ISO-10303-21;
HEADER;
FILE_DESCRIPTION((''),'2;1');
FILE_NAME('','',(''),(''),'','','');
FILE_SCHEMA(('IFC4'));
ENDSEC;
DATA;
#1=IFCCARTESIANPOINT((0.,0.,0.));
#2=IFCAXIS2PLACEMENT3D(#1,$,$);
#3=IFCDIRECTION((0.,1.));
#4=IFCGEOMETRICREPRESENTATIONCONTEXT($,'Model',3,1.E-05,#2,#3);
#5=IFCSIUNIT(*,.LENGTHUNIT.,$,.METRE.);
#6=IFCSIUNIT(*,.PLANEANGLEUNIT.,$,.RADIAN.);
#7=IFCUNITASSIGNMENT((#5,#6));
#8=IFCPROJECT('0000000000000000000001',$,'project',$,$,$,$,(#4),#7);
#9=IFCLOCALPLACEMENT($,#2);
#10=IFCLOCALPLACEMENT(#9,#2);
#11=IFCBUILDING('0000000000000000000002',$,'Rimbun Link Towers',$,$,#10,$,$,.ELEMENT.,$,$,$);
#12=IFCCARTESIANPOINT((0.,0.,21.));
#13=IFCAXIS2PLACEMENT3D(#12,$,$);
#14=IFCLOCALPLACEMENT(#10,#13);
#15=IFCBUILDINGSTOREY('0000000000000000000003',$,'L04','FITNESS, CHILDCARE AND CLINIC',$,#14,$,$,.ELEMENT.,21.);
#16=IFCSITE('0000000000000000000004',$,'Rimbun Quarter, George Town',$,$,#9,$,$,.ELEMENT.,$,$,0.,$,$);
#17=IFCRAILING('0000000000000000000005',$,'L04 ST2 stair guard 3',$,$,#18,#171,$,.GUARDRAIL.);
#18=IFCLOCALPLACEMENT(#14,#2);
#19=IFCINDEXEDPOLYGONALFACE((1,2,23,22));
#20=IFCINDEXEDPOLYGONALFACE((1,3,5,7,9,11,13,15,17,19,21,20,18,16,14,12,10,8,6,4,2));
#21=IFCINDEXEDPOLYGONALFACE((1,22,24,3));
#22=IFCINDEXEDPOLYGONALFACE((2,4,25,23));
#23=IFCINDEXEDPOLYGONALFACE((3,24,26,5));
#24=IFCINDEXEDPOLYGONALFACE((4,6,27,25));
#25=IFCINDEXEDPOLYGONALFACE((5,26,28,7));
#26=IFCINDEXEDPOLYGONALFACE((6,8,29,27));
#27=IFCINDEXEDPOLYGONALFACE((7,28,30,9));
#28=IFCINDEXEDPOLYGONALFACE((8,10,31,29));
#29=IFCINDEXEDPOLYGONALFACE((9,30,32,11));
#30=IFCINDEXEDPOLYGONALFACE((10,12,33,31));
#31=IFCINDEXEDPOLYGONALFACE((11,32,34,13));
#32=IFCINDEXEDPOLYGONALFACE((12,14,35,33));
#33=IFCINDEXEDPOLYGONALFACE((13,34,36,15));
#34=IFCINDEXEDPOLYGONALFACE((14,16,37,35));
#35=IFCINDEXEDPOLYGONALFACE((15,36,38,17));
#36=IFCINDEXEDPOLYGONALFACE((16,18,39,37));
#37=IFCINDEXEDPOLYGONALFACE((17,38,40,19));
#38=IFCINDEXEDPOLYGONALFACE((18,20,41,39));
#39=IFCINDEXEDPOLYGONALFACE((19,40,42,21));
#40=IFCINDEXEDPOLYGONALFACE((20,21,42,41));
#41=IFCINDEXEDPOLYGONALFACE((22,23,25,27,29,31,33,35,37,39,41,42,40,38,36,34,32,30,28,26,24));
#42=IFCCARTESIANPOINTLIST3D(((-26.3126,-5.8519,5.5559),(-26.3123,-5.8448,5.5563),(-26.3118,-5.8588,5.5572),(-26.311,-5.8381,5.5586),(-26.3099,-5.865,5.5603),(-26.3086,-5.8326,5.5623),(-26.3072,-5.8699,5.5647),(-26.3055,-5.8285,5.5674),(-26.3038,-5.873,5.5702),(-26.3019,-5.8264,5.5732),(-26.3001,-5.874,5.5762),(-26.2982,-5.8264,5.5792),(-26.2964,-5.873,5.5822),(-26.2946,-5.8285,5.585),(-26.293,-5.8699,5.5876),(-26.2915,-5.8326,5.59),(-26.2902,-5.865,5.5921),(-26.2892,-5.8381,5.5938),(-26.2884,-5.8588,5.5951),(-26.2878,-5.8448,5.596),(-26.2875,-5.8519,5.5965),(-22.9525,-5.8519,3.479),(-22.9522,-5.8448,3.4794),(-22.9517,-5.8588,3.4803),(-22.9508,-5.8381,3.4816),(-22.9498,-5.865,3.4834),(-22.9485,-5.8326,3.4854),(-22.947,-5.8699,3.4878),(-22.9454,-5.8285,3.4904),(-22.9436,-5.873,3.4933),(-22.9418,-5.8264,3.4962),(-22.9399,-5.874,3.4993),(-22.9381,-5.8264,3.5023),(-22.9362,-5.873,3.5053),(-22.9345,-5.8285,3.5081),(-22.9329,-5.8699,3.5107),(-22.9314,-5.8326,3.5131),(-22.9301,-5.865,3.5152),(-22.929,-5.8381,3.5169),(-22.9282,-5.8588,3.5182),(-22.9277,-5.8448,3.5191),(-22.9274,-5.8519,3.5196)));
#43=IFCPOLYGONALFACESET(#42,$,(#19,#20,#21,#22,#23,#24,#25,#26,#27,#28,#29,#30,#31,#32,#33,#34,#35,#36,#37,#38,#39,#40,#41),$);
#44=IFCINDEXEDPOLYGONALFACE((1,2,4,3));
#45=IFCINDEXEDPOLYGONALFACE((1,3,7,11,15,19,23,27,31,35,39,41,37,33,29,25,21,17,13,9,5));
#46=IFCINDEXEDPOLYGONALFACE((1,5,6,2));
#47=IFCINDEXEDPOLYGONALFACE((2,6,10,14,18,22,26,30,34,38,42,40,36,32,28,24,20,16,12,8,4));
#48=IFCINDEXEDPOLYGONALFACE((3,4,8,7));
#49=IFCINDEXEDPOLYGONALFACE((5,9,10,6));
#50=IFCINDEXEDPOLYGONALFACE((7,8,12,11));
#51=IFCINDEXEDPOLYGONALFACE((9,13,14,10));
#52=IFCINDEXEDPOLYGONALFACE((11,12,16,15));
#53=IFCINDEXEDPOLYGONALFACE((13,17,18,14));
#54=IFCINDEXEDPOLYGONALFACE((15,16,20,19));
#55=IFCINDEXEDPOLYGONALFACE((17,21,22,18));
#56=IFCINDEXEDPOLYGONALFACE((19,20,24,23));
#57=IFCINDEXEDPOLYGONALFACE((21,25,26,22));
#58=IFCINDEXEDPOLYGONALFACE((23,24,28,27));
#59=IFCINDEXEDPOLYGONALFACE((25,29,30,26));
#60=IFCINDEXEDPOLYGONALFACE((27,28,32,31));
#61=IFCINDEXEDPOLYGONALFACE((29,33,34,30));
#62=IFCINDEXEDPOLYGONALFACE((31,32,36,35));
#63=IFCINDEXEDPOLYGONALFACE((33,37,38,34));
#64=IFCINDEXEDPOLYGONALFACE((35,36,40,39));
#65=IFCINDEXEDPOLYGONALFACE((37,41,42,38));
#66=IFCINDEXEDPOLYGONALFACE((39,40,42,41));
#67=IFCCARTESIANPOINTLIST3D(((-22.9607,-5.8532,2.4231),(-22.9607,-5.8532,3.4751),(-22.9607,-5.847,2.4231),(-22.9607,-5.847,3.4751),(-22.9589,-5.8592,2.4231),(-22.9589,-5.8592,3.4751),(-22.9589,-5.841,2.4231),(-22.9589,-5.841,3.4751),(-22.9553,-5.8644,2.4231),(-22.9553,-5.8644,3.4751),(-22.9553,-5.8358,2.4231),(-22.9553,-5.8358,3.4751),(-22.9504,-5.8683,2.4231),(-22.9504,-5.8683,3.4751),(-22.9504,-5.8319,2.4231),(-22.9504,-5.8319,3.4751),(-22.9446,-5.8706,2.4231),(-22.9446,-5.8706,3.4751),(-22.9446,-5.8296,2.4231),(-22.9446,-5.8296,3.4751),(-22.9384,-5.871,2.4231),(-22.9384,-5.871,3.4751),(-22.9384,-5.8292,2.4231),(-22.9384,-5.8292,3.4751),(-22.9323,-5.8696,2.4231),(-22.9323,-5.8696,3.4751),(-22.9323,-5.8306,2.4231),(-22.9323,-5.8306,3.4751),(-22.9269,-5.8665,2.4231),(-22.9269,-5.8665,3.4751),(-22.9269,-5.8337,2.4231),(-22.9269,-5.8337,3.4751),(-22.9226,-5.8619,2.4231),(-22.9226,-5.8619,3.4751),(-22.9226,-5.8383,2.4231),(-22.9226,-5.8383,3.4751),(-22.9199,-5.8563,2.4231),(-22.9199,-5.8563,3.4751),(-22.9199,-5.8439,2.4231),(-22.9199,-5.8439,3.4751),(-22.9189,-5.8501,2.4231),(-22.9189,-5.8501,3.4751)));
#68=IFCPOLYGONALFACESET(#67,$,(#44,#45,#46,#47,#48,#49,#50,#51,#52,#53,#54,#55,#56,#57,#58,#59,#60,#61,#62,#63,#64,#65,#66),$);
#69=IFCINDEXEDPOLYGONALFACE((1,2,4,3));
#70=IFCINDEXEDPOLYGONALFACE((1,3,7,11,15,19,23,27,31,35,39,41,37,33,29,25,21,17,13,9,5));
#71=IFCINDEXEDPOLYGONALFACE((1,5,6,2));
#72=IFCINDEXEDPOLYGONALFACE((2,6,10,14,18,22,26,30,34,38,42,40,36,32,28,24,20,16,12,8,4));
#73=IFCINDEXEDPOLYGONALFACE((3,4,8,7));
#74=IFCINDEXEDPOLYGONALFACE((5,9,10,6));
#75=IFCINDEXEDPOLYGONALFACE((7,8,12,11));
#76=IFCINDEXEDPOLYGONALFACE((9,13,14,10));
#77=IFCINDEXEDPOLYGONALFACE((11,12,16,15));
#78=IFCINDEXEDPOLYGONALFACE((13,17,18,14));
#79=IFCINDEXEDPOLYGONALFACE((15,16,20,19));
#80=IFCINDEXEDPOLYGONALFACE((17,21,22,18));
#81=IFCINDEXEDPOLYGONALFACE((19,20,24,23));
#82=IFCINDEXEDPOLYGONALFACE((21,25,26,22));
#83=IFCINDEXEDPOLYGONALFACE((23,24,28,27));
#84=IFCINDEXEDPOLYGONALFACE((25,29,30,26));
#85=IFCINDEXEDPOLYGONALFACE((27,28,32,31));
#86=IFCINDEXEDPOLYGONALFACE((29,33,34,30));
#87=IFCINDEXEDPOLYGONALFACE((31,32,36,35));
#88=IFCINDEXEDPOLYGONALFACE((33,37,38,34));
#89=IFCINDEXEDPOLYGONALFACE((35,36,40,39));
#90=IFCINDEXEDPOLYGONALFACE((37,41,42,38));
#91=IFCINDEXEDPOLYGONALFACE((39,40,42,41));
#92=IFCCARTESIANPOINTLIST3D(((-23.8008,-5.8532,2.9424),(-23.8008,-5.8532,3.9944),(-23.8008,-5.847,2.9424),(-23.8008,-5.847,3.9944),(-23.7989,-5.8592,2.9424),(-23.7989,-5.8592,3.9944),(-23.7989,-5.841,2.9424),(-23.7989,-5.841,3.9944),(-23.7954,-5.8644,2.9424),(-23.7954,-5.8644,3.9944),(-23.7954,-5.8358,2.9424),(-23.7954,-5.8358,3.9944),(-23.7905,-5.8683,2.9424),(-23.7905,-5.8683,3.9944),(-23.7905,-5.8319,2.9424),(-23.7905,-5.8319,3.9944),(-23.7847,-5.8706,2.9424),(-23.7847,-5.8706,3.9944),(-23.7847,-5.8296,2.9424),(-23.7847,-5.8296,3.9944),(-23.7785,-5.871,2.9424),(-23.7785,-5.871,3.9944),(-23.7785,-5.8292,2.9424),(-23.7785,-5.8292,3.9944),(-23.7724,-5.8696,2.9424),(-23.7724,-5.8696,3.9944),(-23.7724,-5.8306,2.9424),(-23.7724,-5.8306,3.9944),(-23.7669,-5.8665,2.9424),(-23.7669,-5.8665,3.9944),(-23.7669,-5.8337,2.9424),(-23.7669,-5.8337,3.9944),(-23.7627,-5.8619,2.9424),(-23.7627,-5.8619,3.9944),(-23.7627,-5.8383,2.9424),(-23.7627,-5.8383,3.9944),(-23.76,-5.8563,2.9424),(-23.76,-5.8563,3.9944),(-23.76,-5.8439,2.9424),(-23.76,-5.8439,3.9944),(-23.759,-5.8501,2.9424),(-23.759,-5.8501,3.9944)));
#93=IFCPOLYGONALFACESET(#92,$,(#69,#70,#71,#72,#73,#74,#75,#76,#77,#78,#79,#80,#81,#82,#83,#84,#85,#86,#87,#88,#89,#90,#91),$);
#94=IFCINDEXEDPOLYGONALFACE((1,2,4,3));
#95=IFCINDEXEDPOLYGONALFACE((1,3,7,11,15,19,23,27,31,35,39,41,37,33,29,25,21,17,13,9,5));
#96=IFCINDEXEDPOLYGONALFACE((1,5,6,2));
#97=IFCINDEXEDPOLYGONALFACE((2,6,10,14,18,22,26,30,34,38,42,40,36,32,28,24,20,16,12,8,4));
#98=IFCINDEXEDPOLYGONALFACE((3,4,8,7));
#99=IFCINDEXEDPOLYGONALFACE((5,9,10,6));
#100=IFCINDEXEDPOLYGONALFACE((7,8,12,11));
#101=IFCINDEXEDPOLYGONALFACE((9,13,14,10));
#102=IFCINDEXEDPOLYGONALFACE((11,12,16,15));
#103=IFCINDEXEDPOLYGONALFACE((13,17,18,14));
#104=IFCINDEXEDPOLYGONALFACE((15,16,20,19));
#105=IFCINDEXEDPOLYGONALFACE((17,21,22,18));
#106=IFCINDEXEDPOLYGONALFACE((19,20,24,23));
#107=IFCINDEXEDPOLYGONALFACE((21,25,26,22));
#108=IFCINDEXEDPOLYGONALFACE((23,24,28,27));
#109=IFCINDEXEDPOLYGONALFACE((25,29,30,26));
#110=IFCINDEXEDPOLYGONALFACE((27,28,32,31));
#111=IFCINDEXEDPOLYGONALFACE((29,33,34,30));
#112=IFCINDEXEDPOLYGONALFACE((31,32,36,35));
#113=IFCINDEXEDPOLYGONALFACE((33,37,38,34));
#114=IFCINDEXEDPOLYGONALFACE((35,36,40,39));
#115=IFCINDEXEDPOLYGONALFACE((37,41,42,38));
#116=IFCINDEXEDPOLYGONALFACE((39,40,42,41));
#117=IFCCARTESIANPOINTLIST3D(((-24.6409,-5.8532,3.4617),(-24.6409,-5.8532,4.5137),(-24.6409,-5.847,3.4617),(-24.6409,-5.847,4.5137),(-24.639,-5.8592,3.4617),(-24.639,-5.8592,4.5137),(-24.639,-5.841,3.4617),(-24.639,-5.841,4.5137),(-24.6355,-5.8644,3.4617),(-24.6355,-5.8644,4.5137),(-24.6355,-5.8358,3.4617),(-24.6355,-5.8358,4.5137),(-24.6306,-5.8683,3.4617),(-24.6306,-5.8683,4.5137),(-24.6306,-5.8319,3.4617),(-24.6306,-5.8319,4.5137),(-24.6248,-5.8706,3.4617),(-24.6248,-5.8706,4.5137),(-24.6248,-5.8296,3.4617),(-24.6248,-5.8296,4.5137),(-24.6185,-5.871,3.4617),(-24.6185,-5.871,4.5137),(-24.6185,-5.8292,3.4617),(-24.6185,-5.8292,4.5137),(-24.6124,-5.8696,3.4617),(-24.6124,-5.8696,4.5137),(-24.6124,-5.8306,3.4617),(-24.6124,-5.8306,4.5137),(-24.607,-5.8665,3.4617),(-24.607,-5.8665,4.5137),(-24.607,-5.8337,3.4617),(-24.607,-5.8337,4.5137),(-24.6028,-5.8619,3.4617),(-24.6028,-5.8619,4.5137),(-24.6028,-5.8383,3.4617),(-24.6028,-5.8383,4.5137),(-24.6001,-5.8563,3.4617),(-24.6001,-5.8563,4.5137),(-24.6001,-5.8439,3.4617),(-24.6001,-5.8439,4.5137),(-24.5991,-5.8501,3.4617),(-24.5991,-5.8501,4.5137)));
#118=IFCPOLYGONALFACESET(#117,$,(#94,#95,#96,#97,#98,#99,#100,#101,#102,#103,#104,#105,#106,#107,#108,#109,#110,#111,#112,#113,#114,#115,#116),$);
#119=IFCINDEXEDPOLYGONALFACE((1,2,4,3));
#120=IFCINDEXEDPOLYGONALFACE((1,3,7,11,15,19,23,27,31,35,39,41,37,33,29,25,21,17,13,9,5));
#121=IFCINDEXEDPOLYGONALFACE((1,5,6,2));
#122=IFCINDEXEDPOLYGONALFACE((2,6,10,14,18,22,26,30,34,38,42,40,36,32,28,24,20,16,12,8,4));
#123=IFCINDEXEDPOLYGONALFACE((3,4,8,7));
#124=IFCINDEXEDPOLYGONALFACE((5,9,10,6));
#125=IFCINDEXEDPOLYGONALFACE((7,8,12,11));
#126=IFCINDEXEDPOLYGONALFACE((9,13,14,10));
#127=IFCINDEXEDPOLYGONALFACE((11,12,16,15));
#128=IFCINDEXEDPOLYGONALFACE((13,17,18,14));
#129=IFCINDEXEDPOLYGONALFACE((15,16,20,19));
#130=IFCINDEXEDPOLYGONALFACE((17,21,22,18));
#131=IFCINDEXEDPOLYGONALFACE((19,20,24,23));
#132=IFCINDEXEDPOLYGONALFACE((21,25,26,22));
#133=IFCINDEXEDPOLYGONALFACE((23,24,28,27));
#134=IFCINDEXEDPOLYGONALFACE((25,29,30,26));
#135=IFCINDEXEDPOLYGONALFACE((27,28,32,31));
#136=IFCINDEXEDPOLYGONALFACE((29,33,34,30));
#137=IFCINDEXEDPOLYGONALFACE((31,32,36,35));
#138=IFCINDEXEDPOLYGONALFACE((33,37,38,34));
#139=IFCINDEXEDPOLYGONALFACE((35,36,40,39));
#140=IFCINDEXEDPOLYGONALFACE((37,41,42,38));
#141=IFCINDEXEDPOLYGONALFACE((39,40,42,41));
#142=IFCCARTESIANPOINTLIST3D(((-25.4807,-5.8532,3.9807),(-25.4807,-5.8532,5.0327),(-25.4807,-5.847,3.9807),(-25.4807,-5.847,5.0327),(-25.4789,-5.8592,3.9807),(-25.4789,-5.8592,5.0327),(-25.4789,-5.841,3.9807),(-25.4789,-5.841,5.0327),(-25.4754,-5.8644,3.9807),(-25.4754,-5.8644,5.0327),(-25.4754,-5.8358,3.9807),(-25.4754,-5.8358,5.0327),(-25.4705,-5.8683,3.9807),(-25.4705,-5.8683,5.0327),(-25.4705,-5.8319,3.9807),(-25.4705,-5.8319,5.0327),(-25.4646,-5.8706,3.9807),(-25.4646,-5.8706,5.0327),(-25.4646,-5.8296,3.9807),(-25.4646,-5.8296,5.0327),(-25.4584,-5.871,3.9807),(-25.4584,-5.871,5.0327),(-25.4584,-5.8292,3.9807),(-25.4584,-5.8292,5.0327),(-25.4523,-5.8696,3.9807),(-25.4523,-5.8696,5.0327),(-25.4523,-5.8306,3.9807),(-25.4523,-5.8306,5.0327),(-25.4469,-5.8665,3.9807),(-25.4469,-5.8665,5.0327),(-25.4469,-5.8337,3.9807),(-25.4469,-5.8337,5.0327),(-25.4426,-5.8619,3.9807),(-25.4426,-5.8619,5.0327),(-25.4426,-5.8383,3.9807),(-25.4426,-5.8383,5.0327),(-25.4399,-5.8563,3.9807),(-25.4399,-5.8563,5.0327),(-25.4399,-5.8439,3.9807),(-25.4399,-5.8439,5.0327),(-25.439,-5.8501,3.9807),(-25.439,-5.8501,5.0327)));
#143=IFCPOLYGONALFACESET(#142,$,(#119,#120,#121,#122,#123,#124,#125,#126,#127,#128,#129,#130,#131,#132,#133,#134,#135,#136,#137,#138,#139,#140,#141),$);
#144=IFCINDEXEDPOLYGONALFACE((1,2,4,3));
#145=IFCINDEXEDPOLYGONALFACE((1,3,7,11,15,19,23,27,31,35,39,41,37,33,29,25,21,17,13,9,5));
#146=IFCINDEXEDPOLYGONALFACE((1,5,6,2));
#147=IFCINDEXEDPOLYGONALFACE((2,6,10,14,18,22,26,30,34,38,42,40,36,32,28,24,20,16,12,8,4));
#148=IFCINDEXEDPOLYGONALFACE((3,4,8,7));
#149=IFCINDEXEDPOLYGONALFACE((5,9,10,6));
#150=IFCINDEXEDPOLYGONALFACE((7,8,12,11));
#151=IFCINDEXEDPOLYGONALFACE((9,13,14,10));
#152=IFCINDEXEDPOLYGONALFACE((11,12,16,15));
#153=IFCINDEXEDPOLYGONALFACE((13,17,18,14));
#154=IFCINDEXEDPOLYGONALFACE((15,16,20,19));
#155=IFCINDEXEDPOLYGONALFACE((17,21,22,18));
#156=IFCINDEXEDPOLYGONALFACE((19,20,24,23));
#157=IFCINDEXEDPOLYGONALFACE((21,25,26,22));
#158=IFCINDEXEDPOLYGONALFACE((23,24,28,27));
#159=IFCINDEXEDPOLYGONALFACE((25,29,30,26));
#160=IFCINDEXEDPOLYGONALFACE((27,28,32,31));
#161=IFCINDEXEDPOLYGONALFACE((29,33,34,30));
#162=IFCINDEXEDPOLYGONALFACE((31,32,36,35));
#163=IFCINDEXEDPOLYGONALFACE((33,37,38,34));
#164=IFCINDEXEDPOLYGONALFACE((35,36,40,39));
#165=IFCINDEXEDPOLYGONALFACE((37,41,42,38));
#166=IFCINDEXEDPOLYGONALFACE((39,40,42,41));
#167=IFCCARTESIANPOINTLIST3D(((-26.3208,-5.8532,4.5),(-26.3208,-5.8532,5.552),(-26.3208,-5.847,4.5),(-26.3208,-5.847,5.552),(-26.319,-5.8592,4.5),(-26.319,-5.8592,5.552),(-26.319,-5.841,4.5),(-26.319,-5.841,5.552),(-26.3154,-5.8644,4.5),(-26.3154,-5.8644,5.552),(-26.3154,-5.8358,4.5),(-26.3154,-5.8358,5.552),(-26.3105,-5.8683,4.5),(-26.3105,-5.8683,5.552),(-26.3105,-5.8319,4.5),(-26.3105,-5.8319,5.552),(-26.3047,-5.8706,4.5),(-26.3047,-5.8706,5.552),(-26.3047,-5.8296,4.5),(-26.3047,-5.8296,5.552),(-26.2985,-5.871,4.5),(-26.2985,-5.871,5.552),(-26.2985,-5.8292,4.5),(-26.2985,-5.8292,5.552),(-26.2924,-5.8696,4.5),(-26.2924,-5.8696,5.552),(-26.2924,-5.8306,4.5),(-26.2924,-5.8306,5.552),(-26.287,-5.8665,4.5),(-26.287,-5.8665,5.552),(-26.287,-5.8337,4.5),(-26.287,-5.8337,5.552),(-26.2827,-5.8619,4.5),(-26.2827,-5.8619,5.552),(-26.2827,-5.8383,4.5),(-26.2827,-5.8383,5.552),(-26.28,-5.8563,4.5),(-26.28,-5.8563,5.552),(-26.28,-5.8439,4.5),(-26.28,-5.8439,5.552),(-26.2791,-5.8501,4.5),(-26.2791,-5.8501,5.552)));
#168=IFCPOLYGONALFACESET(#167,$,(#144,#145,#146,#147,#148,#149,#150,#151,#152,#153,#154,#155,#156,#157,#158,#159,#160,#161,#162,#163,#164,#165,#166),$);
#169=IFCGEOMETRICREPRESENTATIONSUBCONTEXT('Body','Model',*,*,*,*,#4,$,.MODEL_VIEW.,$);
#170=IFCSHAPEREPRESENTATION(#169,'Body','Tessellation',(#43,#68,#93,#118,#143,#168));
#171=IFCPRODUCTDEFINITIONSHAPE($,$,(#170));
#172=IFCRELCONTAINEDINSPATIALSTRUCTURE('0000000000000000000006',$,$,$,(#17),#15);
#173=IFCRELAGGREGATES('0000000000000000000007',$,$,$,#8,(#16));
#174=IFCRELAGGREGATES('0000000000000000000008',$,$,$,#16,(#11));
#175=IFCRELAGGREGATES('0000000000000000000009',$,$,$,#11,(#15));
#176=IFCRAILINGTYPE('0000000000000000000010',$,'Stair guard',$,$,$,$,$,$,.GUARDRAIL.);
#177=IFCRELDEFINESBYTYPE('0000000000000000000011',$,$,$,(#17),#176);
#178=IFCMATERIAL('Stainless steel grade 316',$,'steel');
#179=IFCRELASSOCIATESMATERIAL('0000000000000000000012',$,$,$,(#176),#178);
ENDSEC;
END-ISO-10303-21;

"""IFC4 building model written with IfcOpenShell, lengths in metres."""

from ifc_helpers import new_model, si_unit, direction, frame, origin, origin_2d, place, context, subcontext, project, spatial, circle, extrude, material, type_object, element, save


model = new_model("IFC4")

# Units and contexts
model_context = context("Model", 3, precision=1e-05, world=origin(), true_north=direction((0.0, 1.0)))
body_context = subcontext(model_context, "Body", "Model", "MODEL_VIEW")
ifc_project = project(units=[si_unit("LENGTHUNIT", "METRE"), si_unit("PLANEANGLEUNIT", "RADIAN")], contexts=[model_context])

# Site, building, storey
site_placement = place(None, origin())
site = spatial("IfcSite", under=ifc_project, at=site_placement, Name="Rimbun Quarter, George Town", CompositionType="ELEMENT", RefElevation=0.0)
building_placement = place(site_placement, origin())
building = spatial("IfcBuilding", under=site, at=building_placement, Name="Rimbun Link Towers", CompositionType="ELEMENT")
storey_placement = place(building_placement, frame((0.0, 0.0, 21.0)))
storey = spatial("IfcBuildingStorey", under=building, at=storey_placement, Name="L04", Description="FITNESS, CHILDCARE AND CLINIC", CompositionType="ELEMENT", Elevation=21.0)

# Railing
ifc_material_1 = material(Name="Stainless steel grade 316", Category="steel")
railing_type_1 = type_object("IfcRailingType", Name="Stair guard", PredefinedType="GUARDRAIL", material=ifc_material_1)
railing_1_placement = place(storey_placement, frame((-22.9399, -5.8501, 2.4231)))
element("IfcRailing", 1, at=railing_1_placement, inside=storey, type_object=railing_type_1, Name="L04 ST2 stair guard 3", PredefinedType="GUARDRAIL", context=body_context, shape_type="SweptSolid", body=[
    extrude(circle(Radius=0.0239, at=origin_2d()), frame((0.0, 0.0, 1.0762), z_axis=(-0.850623, 0.0, 0.525776), x_axis=(0.0, -1.0, 0.0)), (0.0, 0.0, 1.0), 3.9502),
    extrude(circle(Radius=0.021, at=origin_2d()), origin(), (0.0, 0.0, 1.0), 1.052),
    extrude(circle(Radius=0.021, at=origin_2d()), frame((-0.8401, 0.0, 0.5193)), (0.0, 0.0, 1.0), 1.052),
    extrude(circle(Radius=0.021, at=origin_2d()), frame((-1.6802, 0.0, 1.0386)), (0.0, 0.0, 1.0), 1.052),
    extrude(circle(Radius=0.021, at=origin_2d()), frame((-2.52, 0.0, 1.5576)), (0.0, 0.0, 1.0), 1.052),
    extrude(circle(Radius=0.021, at=origin_2d()), frame((-3.3601, 0.0, 2.0769)), (0.0, 0.0, 1.0), 1.052),
])

save(model, "model.ifc")
